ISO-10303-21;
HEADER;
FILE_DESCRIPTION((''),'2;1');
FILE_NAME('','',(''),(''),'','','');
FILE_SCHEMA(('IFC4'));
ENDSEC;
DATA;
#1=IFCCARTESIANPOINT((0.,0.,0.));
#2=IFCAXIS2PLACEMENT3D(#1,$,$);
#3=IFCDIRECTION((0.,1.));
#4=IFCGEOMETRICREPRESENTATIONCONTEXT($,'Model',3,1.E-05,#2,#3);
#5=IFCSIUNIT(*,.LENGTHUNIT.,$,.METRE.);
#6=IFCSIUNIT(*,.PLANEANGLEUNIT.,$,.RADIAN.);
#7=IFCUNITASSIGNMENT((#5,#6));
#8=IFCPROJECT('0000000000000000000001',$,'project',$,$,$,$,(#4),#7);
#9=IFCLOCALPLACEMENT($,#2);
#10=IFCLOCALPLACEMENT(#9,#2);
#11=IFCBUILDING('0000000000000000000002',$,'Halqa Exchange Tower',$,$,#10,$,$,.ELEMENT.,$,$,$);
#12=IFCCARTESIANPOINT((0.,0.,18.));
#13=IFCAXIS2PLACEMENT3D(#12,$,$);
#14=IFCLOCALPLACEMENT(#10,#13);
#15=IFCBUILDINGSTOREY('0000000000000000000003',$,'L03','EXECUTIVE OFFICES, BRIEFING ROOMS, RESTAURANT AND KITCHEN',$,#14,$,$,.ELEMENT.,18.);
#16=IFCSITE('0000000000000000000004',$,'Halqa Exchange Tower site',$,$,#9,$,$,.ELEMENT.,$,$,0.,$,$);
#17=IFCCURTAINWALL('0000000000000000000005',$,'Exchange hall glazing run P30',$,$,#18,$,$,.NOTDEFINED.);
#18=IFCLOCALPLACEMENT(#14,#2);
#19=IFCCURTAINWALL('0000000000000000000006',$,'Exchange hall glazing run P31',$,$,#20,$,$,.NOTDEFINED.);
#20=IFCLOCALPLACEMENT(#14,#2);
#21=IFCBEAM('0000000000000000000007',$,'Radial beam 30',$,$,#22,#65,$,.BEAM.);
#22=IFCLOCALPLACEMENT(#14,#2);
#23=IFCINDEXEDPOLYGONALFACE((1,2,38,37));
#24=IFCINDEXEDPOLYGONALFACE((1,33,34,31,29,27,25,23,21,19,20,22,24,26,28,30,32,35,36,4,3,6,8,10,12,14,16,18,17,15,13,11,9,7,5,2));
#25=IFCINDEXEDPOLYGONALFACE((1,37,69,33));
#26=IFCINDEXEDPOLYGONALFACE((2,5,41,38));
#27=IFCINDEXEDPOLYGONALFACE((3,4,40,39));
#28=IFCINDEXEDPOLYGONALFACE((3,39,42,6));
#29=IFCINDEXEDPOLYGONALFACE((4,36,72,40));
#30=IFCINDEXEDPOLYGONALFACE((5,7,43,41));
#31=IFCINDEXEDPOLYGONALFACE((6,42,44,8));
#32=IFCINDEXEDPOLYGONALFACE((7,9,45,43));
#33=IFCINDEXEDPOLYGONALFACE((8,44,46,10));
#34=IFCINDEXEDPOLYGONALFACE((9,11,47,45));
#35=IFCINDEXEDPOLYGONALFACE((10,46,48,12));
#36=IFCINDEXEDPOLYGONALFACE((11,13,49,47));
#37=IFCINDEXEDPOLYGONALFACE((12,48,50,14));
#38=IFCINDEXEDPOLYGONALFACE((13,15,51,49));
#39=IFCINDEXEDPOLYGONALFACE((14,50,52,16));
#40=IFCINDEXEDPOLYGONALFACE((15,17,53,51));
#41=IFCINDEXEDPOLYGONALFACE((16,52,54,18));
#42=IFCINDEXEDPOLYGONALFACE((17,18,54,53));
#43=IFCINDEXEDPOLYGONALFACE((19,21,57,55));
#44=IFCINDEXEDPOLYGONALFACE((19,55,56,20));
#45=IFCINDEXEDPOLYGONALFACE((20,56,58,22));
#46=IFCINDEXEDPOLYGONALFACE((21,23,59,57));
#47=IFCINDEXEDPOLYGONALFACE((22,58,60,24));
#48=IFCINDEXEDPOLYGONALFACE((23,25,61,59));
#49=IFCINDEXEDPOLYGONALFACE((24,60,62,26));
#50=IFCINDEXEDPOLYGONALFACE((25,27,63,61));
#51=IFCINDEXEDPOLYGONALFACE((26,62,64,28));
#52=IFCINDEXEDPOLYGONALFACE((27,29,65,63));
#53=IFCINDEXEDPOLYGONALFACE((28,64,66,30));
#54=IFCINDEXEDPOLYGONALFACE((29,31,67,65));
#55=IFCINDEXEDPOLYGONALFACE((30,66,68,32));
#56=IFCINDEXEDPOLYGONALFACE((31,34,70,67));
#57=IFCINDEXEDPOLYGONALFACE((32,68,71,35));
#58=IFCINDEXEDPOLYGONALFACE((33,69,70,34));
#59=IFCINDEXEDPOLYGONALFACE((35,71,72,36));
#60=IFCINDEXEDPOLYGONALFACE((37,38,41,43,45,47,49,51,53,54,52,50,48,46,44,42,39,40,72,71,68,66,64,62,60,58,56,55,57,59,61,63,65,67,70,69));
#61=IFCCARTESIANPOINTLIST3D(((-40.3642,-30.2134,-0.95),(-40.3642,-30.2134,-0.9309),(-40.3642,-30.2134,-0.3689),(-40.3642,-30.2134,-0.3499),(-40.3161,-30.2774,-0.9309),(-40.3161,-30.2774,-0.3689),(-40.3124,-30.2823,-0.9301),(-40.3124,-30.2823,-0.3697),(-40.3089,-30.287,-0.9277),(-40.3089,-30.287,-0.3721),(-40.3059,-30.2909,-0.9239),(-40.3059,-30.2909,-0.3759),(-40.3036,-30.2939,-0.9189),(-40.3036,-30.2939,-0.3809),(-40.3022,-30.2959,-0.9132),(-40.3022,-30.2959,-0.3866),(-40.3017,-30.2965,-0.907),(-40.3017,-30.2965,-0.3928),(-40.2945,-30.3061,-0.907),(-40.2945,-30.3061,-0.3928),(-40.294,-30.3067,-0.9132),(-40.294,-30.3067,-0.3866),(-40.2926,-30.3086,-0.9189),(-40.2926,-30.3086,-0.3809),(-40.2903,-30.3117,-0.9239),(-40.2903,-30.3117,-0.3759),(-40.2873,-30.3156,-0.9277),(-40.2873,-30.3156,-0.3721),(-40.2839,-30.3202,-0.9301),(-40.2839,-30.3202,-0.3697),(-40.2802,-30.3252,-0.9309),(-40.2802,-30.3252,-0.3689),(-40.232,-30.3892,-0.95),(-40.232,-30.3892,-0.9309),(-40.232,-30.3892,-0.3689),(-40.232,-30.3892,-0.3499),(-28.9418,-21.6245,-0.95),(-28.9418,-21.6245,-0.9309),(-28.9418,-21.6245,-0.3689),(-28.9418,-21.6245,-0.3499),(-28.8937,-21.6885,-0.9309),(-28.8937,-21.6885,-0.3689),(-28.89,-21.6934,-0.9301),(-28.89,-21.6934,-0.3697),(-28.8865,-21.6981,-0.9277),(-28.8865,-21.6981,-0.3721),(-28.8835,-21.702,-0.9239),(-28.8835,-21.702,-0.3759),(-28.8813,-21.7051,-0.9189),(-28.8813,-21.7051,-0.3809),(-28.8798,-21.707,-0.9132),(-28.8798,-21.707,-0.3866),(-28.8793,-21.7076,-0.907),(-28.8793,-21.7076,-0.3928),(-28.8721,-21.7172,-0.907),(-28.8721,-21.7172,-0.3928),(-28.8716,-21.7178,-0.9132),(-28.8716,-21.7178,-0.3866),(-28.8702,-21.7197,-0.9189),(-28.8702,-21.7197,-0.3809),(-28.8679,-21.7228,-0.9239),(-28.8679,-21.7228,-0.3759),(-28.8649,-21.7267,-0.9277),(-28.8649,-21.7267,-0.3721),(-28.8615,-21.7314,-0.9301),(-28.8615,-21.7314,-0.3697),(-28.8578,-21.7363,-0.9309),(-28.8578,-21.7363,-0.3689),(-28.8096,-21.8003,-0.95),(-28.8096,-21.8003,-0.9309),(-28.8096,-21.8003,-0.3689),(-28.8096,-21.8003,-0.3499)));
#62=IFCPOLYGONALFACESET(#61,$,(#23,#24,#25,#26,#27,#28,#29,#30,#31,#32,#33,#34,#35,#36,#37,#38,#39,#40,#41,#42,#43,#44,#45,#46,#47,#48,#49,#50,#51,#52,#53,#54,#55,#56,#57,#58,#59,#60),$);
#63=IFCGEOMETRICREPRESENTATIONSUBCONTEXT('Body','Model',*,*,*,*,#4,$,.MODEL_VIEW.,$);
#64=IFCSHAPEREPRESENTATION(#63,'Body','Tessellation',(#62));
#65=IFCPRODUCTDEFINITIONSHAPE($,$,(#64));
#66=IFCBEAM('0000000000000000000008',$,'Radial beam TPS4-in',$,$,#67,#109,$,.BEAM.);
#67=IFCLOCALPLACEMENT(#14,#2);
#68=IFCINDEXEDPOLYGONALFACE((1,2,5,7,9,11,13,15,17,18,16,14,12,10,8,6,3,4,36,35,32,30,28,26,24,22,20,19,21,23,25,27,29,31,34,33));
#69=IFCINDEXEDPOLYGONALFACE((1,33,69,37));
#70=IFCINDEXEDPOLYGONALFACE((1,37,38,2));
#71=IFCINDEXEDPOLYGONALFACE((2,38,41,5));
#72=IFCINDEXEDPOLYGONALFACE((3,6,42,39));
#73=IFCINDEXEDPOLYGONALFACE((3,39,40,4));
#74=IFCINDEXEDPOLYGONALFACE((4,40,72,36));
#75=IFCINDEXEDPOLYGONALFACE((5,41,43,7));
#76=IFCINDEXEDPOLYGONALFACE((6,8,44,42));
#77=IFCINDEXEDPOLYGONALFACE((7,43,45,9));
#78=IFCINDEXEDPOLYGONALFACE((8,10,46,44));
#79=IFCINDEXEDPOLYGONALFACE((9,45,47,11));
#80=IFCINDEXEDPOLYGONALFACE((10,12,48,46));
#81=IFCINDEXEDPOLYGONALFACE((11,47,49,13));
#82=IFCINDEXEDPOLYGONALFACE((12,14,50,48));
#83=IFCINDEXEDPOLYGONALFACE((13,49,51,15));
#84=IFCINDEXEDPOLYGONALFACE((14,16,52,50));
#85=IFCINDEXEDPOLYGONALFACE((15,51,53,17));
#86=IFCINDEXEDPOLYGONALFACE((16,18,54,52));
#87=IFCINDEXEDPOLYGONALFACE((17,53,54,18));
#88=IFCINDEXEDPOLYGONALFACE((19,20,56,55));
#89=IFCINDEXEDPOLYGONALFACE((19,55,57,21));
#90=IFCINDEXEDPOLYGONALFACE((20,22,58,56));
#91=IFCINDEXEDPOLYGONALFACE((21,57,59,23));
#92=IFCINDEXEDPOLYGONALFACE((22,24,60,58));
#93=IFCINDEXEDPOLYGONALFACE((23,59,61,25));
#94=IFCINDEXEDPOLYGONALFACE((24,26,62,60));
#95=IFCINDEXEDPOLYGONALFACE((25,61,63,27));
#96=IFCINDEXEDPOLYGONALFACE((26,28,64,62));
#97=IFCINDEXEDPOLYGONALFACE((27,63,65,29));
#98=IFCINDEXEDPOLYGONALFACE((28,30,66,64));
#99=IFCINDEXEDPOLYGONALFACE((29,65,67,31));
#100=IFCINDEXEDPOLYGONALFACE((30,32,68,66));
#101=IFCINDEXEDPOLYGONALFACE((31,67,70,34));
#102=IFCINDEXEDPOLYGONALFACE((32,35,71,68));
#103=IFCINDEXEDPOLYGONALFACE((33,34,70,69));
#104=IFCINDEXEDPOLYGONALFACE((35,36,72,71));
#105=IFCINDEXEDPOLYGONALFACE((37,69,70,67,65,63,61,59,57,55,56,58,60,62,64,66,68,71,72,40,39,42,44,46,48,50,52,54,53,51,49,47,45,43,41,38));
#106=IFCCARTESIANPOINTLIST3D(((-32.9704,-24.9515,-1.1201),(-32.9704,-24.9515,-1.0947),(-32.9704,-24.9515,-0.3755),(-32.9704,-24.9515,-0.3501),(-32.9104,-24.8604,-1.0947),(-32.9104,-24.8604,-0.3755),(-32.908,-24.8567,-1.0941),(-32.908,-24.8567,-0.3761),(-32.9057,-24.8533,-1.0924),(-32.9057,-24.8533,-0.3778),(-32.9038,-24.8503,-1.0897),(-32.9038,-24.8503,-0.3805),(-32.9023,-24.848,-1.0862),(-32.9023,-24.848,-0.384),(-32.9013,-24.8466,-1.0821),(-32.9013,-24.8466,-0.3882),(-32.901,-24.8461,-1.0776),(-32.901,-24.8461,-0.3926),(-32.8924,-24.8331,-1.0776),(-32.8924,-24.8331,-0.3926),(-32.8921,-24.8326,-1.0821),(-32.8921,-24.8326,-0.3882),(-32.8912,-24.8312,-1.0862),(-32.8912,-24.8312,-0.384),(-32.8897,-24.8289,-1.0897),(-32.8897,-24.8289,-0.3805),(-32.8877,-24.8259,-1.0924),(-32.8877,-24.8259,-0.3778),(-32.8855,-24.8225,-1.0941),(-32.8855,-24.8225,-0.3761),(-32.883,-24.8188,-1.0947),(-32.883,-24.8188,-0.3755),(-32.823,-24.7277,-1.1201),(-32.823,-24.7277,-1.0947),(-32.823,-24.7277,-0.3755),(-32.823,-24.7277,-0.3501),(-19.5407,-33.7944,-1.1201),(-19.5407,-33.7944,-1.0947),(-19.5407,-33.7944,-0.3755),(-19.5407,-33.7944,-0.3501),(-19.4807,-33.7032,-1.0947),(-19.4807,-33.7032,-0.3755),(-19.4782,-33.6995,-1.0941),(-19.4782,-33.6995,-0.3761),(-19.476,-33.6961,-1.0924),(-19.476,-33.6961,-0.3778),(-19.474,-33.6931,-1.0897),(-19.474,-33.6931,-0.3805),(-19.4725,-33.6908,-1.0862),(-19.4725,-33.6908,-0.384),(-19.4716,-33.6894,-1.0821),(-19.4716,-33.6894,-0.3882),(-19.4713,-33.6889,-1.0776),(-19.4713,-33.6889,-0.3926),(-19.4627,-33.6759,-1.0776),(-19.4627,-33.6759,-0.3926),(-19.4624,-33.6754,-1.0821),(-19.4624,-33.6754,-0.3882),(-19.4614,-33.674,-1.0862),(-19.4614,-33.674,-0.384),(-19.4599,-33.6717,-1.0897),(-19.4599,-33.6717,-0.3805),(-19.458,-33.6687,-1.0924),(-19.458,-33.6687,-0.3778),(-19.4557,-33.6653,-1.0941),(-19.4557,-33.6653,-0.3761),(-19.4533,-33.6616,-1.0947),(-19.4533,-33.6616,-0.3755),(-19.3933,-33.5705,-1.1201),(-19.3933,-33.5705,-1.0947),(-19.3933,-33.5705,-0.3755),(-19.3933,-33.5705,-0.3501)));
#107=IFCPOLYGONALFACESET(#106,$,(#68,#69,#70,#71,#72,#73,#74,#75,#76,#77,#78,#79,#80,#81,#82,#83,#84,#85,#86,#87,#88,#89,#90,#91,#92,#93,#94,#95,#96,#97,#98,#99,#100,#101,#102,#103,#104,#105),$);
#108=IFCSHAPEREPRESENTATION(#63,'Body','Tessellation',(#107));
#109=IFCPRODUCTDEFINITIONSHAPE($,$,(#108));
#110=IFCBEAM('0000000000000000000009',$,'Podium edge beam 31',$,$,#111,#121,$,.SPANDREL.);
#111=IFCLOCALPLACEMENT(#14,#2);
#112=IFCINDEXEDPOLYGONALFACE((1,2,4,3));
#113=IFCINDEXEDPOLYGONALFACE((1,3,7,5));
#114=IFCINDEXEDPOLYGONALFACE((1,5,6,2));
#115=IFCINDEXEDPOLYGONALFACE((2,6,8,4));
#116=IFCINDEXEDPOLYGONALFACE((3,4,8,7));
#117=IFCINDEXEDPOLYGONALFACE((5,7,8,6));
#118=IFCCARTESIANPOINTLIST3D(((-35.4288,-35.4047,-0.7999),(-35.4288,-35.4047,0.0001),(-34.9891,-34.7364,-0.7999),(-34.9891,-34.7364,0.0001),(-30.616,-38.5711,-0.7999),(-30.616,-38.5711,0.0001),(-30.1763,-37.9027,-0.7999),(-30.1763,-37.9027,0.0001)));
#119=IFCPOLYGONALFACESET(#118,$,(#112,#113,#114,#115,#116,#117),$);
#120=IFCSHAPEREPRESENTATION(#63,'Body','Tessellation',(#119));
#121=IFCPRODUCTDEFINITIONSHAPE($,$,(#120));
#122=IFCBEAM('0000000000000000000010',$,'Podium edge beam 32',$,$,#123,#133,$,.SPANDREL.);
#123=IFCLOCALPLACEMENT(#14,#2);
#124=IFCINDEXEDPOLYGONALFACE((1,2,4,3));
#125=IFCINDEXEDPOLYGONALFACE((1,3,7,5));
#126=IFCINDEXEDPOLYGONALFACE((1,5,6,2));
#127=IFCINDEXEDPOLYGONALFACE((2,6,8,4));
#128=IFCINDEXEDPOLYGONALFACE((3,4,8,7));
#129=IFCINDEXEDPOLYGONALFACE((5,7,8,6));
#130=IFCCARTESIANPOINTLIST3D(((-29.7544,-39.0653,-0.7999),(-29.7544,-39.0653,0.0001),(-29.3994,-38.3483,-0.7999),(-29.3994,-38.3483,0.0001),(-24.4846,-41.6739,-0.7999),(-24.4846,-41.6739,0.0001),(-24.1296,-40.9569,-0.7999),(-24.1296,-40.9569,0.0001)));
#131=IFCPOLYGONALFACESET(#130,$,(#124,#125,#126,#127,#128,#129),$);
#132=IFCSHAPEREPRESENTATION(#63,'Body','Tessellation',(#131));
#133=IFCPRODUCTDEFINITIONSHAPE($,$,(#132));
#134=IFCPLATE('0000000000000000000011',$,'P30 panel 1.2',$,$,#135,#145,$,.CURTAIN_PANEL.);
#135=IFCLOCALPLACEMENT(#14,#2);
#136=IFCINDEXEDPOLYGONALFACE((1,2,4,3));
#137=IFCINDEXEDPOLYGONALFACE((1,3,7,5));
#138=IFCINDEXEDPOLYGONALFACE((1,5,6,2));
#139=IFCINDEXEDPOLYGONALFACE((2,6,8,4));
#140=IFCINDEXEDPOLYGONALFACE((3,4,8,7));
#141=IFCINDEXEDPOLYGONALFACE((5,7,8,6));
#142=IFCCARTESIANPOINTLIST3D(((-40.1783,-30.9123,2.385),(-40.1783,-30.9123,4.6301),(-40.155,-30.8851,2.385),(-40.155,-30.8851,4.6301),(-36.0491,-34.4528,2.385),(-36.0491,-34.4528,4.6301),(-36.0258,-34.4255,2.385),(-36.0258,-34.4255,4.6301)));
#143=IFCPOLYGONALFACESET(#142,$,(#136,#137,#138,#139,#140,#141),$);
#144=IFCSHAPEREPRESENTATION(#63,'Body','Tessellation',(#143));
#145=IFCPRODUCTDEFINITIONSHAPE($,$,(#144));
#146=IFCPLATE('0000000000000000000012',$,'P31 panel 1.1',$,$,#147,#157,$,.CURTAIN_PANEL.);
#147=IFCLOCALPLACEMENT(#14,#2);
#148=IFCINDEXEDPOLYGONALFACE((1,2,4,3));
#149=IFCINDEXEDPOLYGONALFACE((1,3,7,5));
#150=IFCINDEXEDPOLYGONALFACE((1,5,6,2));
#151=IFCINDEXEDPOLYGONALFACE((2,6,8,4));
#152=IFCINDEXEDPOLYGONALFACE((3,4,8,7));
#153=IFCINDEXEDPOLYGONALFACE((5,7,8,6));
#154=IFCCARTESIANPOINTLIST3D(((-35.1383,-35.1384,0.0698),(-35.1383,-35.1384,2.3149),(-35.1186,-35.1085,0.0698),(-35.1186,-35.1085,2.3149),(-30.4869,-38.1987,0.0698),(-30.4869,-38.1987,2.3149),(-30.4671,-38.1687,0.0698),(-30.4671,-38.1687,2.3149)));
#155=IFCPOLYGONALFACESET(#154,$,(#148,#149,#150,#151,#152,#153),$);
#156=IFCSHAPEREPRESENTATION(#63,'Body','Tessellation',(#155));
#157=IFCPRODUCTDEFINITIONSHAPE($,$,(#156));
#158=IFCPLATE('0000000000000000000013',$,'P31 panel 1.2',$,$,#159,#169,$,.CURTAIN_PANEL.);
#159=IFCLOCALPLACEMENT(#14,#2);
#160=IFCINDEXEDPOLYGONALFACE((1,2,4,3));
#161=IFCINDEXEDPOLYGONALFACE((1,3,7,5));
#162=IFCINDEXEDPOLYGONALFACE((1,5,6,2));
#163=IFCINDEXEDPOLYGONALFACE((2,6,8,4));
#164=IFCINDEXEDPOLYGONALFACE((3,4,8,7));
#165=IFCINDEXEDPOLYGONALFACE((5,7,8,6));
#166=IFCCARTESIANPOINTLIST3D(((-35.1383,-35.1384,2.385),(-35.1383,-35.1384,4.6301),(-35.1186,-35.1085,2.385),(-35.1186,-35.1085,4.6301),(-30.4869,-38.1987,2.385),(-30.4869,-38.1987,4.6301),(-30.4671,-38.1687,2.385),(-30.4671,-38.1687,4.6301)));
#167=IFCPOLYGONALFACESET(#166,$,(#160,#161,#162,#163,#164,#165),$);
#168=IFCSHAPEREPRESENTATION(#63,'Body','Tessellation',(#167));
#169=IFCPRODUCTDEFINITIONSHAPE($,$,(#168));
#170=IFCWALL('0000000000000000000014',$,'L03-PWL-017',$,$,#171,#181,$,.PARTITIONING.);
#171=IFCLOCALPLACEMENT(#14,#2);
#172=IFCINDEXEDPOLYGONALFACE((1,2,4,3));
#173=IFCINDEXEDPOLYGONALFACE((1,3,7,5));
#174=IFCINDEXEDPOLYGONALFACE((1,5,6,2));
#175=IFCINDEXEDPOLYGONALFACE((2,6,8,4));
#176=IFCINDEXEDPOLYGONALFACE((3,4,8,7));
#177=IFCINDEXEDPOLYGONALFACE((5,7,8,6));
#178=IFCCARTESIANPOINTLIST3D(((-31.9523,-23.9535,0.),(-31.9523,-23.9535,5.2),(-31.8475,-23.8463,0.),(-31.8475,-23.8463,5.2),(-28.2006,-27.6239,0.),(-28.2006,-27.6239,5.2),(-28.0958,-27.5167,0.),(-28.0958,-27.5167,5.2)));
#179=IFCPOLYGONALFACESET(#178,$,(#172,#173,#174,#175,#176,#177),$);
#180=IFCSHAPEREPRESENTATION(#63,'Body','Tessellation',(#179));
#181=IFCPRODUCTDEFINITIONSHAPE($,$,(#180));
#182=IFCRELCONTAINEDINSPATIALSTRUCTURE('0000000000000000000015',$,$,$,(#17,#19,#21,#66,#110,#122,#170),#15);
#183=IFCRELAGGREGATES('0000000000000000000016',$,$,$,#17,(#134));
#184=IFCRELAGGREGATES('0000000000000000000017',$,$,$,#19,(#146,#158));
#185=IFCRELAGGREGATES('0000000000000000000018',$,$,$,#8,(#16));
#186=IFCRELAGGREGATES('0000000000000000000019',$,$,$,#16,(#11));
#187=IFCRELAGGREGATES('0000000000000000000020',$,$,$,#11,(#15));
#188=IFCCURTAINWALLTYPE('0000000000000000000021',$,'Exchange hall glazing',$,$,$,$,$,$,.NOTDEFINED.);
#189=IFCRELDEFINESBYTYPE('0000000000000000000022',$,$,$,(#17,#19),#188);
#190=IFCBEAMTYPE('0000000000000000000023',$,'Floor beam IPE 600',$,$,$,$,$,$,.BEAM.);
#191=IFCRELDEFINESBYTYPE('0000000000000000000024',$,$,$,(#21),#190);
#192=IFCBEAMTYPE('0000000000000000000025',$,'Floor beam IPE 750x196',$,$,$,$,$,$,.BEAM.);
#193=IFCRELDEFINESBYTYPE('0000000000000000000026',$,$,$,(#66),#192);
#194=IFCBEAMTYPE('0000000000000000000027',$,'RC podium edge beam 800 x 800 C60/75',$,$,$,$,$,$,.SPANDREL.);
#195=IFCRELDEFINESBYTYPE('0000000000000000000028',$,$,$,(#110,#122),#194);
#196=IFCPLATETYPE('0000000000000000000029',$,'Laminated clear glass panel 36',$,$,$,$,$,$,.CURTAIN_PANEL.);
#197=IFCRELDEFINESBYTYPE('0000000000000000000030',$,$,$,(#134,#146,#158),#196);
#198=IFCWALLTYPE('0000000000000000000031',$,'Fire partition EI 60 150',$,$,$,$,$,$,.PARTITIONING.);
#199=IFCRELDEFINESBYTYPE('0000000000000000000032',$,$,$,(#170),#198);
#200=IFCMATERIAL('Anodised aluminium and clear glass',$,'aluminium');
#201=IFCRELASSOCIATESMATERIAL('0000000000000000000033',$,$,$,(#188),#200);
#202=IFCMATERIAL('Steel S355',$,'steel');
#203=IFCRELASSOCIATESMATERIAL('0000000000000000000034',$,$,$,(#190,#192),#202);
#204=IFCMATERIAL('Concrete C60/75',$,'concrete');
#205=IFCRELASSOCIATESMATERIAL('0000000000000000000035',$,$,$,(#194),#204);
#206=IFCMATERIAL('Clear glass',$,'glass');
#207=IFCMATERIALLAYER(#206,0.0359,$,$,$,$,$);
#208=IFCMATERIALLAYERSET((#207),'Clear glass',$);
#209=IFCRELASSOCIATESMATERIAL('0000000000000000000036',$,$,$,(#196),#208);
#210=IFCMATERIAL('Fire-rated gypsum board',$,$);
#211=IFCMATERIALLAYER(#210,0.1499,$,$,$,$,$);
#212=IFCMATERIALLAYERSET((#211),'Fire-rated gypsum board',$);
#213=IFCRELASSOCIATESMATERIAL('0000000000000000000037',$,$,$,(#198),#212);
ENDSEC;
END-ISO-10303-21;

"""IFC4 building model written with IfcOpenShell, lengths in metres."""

from ifc_helpers import new_model, si_unit, direction, frame, frame_2d, origin, origin_2d, place, context, subcontext, project, spatial, rectangle, i_section, extrude, material, layer, layer_set, material_profile, profile_set, type_object, element, aggregate, save


model = new_model("IFC4")

# Units and contexts
model_context = context("Model", 3, precision=1e-05, world=origin(), true_north=direction((0.0, 1.0)))
body_context = subcontext(model_context, "Body", "Model", "MODEL_VIEW")
ifc_project = project(units=[si_unit("LENGTHUNIT", "METRE"), si_unit("PLANEANGLEUNIT", "RADIAN")], contexts=[model_context])

# Site, building, storey
site_placement = place(None, origin())
site = spatial("IfcSite", under=ifc_project, at=site_placement, Name="Halqa Exchange Tower site", CompositionType="ELEMENT", RefElevation=0.0)
building_placement = place(site_placement, origin())
building = spatial("IfcBuilding", under=site, at=building_placement, Name="Halqa Exchange Tower", CompositionType="ELEMENT")
storey_placement = place(building_placement, frame((0.0, 0.0, 18.0)))
storey = spatial("IfcBuildingStorey", under=building, at=storey_placement, Name="L03", Description="EXECUTIVE OFFICES, BRIEFING ROOMS, RESTAURANT AND KITCHEN", CompositionType="ELEMENT", Elevation=18.0)

# Shared definitions
ifc_material_1 = material(Name="Concrete C60/75", Category="concrete")

# Curtain wall
ifc_material_2 = material(Name="Anodised aluminium and clear glass", Category="aluminium")
curtain_wall_type = type_object("IfcCurtainWallType", Name="Exchange hall glazing", PredefinedType="NOTDEFINED", material=ifc_material_2)
curtain_wall_1_placement = place(storey_placement, origin())
curtain_wall_1 = element("IfcCurtainWall", 1, at=curtain_wall_1_placement, inside=storey, type_object=curtain_wall_type, Name="Exchange hall glazing run P30", PredefinedType="NOTDEFINED")

# Curtain wall
curtain_wall_2_placement = place(storey_placement, origin())
curtain_wall_2 = element("IfcCurtainWall", 2, at=curtain_wall_2_placement, inside=storey, type_object=curtain_wall_type, Name="Exchange hall glazing run P31", PredefinedType="NOTDEFINED")

# Beams
ifc_material_3 = material(Name="Steel S355", Category="steel")
ifc_material_profile_1 = material_profile(ifc_material_3, i_section(OverallWidth=0.22, OverallDepth=0.6001, WebThickness=0.012, FlangeThickness=0.019, FilletRadius=0.0239, at=origin_2d()), Name="IPE 600")
ifc_profile_set_1 = profile_set([ifc_material_profile_1], Name="Steel S355")
beam_type_1 = type_object("IfcBeamType", Name="Floor beam IPE 600", PredefinedType="BEAM", material=ifc_profile_set_1)
beam_1_placement = place(storey_placement, frame((-28.8757, -21.7124, -0.6499), z_axis=(-0.799257, -0.600989, 0.0), x_axis=(0.600989, -0.799257, 0.0)))
element("IfcBeam", 3, at=beam_1_placement, inside=storey, type_object=beam_type_1, Name="Radial beam 30", PredefinedType="BEAM", context=body_context, shape_type="SweptSolid", body=[
    extrude(i_section(OverallWidth=0.22, OverallDepth=0.6001, WebThickness=0.012, FlangeThickness=0.019, FilletRadius=0.0239, at=origin_2d()), origin(), (0.0, 0.0, 1.0), 14.2913),
])
ifc_material_profile_2 = material_profile(ifc_material_3, i_section(OverallWidth=0.2681, OverallDepth=0.77, WebThickness=0.0156, FlangeThickness=0.0254, FilletRadius=0.0171, at=origin_2d()), Name="IPE 750x196")
ifc_profile_set_2 = profile_set([ifc_material_profile_2], Name="Steel S355")
beam_type_2 = type_object("IfcBeamType", Name="Floor beam IPE 750x196", PredefinedType="BEAM", material=ifc_profile_set_2)
beam_2_placement = place(storey_placement, frame((-32.8967, -24.8396, -0.7351), z_axis=(0.835204, -0.54994, 0.0), x_axis=(0.54994, 0.835204, 0.0)))
element("IfcBeam", 4, at=beam_2_placement, inside=storey, type_object=beam_type_2, Name="Radial beam TPS4-in", PredefinedType="BEAM", context=body_context, shape_type="SweptSolid", body=[
    extrude(i_section(OverallWidth=0.2681, OverallDepth=0.77, WebThickness=0.0156, FlangeThickness=0.0254, FilletRadius=0.0171, at=origin_2d()), origin(), (0.0, 0.0, 1.0), 16.0796),
])
ifc_material_profile_3 = material_profile(ifc_material_1, rectangle(XDim=0.8, YDim=0.8, at=origin_2d()), Name="800 x 800")
ifc_profile_set_3 = profile_set([ifc_material_profile_3], Name="Concrete C60/75")
beam_type_3 = type_object("IfcBeamType", Name="RC podium edge beam 800 x 800 C60/75", PredefinedType="SPANDREL", material=ifc_profile_set_3)
beam_3_placement = place(storey_placement, frame((-35.209, -35.0706, -0.3999), z_axis=(0.835419, -0.549614, 0.0), x_axis=(0.549614, 0.835419, 0.0)))
element("IfcBeam", 5, at=beam_3_placement, inside=storey, type_object=beam_type_3, Name="Podium edge beam 31", PredefinedType="SPANDREL", context=body_context, shape_type="SweptSolid", body=[
    extrude(rectangle(XDim=0.8, YDim=0.8, at=origin_2d()), origin(), (0.0, 0.0, 1.0), 5.761),
])
beam_4_placement = place(storey_placement, frame((-29.5769, -38.7068, -0.3999), z_axis=(0.896205, -0.443639, 0.0), x_axis=(0.443639, 0.896205, 0.0)))
element("IfcBeam", 6, at=beam_4_placement, inside=storey, type_object=beam_type_3, Name="Podium edge beam 32", PredefinedType="SPANDREL", context=body_context, shape_type="SweptSolid", body=[
    extrude(rectangle(XDim=0.8, YDim=0.8, at=origin_2d()), origin(), (0.0, 0.0, 1.0), 5.8801),
])

# Plates
ifc_material_4 = material(Name="Clear glass", Category="glass")
ifc_layer_1 = layer(ifc_material_4, 0.0359)
ifc_layer_set_1 = layer_set([ifc_layer_1], Name="Clear glass")
plate_type = type_object("IfcPlateType", Name="Laminated clear glass panel 36", PredefinedType="CURTAIN_PANEL", material=ifc_layer_set_1)
plate_1_placement = place(storey_placement, frame((-38.1021, -32.6689, 2.385), z_axis=(0.0, 0.0, 1.0), x_axis=(0.759154, -0.650911, 0.0)))
plate_1 = element("IfcPlate", 7, at=plate_1_placement, type_object=plate_type, Name="P30 panel 1.2", PredefinedType="CURTAIN_PANEL", context=body_context, shape_type="SweptSolid", body=[
    extrude(rectangle(XDim=5.4392, YDim=0.0359, at=origin_2d()), origin(), (0.0, 0.0, 1.0), 2.2451),
])
aggregate(curtain_wall_1, [plate_1])
plate_2_placement = place(storey_placement, frame((-32.8027, -36.6536, 0.0698), z_axis=(0.0, 0.0, 1.0), x_axis=(0.835415, -0.54962, 0.0)))
plate_2 = element("IfcPlate", 8, at=plate_2_placement, type_object=plate_type, Name="P31 panel 1.1", PredefinedType="CURTAIN_PANEL", context=body_context, shape_type="SweptSolid", body=[
    extrude(rectangle(XDim=5.5679, YDim=0.0359, at=origin_2d()), origin(), (0.0, 0.0, 1.0), 2.2451),
])
plate_3_placement = place(storey_placement, frame((-32.8027, -36.6536, 2.385), z_axis=(0.0, 0.0, 1.0), x_axis=(0.835415, -0.54962, 0.0)))
plate_3 = element("IfcPlate", 9, at=plate_3_placement, type_object=plate_type, Name="P31 panel 1.2", PredefinedType="CURTAIN_PANEL", context=body_context, shape_type="SweptSolid", body=[
    extrude(rectangle(XDim=5.5679, YDim=0.0359, at=origin_2d()), origin(), (0.0, 0.0, 1.0), 2.2451),
])
aggregate(curtain_wall_2, [plate_2, plate_3])

# Wall
ifc_material_5 = material(Name="Fire-rated gypsum board")
ifc_layer_2 = layer(ifc_material_5, 0.1499)
ifc_layer_set_2 = layer_set([ifc_layer_2], Name="Fire-rated gypsum board")
wall_type_1 = type_object("IfcWallType", Name="Fire partition EI 60 150", PredefinedType="PARTITIONING", material=ifc_layer_set_2)
wall_1_placement = place(storey_placement, frame((-31.8999, -23.8999, 0.0), z_axis=(0.0, 0.0, 1.0), x_axis=(0.714809, -0.699319, 0.0)))
element("IfcWall", 10, at=wall_1_placement, inside=storey, type_object=wall_type_1, Name="L03-PWL-017", PredefinedType="PARTITIONING", context=body_context, shape_type="SweptSolid", body=[
    extrude(rectangle(XDim=5.2485, YDim=0.1499, at=frame_2d((2.6243, 0.0))), origin(), (0.0, 0.0, 1.0), 5.2),
])

save(model, "model.ifc")
